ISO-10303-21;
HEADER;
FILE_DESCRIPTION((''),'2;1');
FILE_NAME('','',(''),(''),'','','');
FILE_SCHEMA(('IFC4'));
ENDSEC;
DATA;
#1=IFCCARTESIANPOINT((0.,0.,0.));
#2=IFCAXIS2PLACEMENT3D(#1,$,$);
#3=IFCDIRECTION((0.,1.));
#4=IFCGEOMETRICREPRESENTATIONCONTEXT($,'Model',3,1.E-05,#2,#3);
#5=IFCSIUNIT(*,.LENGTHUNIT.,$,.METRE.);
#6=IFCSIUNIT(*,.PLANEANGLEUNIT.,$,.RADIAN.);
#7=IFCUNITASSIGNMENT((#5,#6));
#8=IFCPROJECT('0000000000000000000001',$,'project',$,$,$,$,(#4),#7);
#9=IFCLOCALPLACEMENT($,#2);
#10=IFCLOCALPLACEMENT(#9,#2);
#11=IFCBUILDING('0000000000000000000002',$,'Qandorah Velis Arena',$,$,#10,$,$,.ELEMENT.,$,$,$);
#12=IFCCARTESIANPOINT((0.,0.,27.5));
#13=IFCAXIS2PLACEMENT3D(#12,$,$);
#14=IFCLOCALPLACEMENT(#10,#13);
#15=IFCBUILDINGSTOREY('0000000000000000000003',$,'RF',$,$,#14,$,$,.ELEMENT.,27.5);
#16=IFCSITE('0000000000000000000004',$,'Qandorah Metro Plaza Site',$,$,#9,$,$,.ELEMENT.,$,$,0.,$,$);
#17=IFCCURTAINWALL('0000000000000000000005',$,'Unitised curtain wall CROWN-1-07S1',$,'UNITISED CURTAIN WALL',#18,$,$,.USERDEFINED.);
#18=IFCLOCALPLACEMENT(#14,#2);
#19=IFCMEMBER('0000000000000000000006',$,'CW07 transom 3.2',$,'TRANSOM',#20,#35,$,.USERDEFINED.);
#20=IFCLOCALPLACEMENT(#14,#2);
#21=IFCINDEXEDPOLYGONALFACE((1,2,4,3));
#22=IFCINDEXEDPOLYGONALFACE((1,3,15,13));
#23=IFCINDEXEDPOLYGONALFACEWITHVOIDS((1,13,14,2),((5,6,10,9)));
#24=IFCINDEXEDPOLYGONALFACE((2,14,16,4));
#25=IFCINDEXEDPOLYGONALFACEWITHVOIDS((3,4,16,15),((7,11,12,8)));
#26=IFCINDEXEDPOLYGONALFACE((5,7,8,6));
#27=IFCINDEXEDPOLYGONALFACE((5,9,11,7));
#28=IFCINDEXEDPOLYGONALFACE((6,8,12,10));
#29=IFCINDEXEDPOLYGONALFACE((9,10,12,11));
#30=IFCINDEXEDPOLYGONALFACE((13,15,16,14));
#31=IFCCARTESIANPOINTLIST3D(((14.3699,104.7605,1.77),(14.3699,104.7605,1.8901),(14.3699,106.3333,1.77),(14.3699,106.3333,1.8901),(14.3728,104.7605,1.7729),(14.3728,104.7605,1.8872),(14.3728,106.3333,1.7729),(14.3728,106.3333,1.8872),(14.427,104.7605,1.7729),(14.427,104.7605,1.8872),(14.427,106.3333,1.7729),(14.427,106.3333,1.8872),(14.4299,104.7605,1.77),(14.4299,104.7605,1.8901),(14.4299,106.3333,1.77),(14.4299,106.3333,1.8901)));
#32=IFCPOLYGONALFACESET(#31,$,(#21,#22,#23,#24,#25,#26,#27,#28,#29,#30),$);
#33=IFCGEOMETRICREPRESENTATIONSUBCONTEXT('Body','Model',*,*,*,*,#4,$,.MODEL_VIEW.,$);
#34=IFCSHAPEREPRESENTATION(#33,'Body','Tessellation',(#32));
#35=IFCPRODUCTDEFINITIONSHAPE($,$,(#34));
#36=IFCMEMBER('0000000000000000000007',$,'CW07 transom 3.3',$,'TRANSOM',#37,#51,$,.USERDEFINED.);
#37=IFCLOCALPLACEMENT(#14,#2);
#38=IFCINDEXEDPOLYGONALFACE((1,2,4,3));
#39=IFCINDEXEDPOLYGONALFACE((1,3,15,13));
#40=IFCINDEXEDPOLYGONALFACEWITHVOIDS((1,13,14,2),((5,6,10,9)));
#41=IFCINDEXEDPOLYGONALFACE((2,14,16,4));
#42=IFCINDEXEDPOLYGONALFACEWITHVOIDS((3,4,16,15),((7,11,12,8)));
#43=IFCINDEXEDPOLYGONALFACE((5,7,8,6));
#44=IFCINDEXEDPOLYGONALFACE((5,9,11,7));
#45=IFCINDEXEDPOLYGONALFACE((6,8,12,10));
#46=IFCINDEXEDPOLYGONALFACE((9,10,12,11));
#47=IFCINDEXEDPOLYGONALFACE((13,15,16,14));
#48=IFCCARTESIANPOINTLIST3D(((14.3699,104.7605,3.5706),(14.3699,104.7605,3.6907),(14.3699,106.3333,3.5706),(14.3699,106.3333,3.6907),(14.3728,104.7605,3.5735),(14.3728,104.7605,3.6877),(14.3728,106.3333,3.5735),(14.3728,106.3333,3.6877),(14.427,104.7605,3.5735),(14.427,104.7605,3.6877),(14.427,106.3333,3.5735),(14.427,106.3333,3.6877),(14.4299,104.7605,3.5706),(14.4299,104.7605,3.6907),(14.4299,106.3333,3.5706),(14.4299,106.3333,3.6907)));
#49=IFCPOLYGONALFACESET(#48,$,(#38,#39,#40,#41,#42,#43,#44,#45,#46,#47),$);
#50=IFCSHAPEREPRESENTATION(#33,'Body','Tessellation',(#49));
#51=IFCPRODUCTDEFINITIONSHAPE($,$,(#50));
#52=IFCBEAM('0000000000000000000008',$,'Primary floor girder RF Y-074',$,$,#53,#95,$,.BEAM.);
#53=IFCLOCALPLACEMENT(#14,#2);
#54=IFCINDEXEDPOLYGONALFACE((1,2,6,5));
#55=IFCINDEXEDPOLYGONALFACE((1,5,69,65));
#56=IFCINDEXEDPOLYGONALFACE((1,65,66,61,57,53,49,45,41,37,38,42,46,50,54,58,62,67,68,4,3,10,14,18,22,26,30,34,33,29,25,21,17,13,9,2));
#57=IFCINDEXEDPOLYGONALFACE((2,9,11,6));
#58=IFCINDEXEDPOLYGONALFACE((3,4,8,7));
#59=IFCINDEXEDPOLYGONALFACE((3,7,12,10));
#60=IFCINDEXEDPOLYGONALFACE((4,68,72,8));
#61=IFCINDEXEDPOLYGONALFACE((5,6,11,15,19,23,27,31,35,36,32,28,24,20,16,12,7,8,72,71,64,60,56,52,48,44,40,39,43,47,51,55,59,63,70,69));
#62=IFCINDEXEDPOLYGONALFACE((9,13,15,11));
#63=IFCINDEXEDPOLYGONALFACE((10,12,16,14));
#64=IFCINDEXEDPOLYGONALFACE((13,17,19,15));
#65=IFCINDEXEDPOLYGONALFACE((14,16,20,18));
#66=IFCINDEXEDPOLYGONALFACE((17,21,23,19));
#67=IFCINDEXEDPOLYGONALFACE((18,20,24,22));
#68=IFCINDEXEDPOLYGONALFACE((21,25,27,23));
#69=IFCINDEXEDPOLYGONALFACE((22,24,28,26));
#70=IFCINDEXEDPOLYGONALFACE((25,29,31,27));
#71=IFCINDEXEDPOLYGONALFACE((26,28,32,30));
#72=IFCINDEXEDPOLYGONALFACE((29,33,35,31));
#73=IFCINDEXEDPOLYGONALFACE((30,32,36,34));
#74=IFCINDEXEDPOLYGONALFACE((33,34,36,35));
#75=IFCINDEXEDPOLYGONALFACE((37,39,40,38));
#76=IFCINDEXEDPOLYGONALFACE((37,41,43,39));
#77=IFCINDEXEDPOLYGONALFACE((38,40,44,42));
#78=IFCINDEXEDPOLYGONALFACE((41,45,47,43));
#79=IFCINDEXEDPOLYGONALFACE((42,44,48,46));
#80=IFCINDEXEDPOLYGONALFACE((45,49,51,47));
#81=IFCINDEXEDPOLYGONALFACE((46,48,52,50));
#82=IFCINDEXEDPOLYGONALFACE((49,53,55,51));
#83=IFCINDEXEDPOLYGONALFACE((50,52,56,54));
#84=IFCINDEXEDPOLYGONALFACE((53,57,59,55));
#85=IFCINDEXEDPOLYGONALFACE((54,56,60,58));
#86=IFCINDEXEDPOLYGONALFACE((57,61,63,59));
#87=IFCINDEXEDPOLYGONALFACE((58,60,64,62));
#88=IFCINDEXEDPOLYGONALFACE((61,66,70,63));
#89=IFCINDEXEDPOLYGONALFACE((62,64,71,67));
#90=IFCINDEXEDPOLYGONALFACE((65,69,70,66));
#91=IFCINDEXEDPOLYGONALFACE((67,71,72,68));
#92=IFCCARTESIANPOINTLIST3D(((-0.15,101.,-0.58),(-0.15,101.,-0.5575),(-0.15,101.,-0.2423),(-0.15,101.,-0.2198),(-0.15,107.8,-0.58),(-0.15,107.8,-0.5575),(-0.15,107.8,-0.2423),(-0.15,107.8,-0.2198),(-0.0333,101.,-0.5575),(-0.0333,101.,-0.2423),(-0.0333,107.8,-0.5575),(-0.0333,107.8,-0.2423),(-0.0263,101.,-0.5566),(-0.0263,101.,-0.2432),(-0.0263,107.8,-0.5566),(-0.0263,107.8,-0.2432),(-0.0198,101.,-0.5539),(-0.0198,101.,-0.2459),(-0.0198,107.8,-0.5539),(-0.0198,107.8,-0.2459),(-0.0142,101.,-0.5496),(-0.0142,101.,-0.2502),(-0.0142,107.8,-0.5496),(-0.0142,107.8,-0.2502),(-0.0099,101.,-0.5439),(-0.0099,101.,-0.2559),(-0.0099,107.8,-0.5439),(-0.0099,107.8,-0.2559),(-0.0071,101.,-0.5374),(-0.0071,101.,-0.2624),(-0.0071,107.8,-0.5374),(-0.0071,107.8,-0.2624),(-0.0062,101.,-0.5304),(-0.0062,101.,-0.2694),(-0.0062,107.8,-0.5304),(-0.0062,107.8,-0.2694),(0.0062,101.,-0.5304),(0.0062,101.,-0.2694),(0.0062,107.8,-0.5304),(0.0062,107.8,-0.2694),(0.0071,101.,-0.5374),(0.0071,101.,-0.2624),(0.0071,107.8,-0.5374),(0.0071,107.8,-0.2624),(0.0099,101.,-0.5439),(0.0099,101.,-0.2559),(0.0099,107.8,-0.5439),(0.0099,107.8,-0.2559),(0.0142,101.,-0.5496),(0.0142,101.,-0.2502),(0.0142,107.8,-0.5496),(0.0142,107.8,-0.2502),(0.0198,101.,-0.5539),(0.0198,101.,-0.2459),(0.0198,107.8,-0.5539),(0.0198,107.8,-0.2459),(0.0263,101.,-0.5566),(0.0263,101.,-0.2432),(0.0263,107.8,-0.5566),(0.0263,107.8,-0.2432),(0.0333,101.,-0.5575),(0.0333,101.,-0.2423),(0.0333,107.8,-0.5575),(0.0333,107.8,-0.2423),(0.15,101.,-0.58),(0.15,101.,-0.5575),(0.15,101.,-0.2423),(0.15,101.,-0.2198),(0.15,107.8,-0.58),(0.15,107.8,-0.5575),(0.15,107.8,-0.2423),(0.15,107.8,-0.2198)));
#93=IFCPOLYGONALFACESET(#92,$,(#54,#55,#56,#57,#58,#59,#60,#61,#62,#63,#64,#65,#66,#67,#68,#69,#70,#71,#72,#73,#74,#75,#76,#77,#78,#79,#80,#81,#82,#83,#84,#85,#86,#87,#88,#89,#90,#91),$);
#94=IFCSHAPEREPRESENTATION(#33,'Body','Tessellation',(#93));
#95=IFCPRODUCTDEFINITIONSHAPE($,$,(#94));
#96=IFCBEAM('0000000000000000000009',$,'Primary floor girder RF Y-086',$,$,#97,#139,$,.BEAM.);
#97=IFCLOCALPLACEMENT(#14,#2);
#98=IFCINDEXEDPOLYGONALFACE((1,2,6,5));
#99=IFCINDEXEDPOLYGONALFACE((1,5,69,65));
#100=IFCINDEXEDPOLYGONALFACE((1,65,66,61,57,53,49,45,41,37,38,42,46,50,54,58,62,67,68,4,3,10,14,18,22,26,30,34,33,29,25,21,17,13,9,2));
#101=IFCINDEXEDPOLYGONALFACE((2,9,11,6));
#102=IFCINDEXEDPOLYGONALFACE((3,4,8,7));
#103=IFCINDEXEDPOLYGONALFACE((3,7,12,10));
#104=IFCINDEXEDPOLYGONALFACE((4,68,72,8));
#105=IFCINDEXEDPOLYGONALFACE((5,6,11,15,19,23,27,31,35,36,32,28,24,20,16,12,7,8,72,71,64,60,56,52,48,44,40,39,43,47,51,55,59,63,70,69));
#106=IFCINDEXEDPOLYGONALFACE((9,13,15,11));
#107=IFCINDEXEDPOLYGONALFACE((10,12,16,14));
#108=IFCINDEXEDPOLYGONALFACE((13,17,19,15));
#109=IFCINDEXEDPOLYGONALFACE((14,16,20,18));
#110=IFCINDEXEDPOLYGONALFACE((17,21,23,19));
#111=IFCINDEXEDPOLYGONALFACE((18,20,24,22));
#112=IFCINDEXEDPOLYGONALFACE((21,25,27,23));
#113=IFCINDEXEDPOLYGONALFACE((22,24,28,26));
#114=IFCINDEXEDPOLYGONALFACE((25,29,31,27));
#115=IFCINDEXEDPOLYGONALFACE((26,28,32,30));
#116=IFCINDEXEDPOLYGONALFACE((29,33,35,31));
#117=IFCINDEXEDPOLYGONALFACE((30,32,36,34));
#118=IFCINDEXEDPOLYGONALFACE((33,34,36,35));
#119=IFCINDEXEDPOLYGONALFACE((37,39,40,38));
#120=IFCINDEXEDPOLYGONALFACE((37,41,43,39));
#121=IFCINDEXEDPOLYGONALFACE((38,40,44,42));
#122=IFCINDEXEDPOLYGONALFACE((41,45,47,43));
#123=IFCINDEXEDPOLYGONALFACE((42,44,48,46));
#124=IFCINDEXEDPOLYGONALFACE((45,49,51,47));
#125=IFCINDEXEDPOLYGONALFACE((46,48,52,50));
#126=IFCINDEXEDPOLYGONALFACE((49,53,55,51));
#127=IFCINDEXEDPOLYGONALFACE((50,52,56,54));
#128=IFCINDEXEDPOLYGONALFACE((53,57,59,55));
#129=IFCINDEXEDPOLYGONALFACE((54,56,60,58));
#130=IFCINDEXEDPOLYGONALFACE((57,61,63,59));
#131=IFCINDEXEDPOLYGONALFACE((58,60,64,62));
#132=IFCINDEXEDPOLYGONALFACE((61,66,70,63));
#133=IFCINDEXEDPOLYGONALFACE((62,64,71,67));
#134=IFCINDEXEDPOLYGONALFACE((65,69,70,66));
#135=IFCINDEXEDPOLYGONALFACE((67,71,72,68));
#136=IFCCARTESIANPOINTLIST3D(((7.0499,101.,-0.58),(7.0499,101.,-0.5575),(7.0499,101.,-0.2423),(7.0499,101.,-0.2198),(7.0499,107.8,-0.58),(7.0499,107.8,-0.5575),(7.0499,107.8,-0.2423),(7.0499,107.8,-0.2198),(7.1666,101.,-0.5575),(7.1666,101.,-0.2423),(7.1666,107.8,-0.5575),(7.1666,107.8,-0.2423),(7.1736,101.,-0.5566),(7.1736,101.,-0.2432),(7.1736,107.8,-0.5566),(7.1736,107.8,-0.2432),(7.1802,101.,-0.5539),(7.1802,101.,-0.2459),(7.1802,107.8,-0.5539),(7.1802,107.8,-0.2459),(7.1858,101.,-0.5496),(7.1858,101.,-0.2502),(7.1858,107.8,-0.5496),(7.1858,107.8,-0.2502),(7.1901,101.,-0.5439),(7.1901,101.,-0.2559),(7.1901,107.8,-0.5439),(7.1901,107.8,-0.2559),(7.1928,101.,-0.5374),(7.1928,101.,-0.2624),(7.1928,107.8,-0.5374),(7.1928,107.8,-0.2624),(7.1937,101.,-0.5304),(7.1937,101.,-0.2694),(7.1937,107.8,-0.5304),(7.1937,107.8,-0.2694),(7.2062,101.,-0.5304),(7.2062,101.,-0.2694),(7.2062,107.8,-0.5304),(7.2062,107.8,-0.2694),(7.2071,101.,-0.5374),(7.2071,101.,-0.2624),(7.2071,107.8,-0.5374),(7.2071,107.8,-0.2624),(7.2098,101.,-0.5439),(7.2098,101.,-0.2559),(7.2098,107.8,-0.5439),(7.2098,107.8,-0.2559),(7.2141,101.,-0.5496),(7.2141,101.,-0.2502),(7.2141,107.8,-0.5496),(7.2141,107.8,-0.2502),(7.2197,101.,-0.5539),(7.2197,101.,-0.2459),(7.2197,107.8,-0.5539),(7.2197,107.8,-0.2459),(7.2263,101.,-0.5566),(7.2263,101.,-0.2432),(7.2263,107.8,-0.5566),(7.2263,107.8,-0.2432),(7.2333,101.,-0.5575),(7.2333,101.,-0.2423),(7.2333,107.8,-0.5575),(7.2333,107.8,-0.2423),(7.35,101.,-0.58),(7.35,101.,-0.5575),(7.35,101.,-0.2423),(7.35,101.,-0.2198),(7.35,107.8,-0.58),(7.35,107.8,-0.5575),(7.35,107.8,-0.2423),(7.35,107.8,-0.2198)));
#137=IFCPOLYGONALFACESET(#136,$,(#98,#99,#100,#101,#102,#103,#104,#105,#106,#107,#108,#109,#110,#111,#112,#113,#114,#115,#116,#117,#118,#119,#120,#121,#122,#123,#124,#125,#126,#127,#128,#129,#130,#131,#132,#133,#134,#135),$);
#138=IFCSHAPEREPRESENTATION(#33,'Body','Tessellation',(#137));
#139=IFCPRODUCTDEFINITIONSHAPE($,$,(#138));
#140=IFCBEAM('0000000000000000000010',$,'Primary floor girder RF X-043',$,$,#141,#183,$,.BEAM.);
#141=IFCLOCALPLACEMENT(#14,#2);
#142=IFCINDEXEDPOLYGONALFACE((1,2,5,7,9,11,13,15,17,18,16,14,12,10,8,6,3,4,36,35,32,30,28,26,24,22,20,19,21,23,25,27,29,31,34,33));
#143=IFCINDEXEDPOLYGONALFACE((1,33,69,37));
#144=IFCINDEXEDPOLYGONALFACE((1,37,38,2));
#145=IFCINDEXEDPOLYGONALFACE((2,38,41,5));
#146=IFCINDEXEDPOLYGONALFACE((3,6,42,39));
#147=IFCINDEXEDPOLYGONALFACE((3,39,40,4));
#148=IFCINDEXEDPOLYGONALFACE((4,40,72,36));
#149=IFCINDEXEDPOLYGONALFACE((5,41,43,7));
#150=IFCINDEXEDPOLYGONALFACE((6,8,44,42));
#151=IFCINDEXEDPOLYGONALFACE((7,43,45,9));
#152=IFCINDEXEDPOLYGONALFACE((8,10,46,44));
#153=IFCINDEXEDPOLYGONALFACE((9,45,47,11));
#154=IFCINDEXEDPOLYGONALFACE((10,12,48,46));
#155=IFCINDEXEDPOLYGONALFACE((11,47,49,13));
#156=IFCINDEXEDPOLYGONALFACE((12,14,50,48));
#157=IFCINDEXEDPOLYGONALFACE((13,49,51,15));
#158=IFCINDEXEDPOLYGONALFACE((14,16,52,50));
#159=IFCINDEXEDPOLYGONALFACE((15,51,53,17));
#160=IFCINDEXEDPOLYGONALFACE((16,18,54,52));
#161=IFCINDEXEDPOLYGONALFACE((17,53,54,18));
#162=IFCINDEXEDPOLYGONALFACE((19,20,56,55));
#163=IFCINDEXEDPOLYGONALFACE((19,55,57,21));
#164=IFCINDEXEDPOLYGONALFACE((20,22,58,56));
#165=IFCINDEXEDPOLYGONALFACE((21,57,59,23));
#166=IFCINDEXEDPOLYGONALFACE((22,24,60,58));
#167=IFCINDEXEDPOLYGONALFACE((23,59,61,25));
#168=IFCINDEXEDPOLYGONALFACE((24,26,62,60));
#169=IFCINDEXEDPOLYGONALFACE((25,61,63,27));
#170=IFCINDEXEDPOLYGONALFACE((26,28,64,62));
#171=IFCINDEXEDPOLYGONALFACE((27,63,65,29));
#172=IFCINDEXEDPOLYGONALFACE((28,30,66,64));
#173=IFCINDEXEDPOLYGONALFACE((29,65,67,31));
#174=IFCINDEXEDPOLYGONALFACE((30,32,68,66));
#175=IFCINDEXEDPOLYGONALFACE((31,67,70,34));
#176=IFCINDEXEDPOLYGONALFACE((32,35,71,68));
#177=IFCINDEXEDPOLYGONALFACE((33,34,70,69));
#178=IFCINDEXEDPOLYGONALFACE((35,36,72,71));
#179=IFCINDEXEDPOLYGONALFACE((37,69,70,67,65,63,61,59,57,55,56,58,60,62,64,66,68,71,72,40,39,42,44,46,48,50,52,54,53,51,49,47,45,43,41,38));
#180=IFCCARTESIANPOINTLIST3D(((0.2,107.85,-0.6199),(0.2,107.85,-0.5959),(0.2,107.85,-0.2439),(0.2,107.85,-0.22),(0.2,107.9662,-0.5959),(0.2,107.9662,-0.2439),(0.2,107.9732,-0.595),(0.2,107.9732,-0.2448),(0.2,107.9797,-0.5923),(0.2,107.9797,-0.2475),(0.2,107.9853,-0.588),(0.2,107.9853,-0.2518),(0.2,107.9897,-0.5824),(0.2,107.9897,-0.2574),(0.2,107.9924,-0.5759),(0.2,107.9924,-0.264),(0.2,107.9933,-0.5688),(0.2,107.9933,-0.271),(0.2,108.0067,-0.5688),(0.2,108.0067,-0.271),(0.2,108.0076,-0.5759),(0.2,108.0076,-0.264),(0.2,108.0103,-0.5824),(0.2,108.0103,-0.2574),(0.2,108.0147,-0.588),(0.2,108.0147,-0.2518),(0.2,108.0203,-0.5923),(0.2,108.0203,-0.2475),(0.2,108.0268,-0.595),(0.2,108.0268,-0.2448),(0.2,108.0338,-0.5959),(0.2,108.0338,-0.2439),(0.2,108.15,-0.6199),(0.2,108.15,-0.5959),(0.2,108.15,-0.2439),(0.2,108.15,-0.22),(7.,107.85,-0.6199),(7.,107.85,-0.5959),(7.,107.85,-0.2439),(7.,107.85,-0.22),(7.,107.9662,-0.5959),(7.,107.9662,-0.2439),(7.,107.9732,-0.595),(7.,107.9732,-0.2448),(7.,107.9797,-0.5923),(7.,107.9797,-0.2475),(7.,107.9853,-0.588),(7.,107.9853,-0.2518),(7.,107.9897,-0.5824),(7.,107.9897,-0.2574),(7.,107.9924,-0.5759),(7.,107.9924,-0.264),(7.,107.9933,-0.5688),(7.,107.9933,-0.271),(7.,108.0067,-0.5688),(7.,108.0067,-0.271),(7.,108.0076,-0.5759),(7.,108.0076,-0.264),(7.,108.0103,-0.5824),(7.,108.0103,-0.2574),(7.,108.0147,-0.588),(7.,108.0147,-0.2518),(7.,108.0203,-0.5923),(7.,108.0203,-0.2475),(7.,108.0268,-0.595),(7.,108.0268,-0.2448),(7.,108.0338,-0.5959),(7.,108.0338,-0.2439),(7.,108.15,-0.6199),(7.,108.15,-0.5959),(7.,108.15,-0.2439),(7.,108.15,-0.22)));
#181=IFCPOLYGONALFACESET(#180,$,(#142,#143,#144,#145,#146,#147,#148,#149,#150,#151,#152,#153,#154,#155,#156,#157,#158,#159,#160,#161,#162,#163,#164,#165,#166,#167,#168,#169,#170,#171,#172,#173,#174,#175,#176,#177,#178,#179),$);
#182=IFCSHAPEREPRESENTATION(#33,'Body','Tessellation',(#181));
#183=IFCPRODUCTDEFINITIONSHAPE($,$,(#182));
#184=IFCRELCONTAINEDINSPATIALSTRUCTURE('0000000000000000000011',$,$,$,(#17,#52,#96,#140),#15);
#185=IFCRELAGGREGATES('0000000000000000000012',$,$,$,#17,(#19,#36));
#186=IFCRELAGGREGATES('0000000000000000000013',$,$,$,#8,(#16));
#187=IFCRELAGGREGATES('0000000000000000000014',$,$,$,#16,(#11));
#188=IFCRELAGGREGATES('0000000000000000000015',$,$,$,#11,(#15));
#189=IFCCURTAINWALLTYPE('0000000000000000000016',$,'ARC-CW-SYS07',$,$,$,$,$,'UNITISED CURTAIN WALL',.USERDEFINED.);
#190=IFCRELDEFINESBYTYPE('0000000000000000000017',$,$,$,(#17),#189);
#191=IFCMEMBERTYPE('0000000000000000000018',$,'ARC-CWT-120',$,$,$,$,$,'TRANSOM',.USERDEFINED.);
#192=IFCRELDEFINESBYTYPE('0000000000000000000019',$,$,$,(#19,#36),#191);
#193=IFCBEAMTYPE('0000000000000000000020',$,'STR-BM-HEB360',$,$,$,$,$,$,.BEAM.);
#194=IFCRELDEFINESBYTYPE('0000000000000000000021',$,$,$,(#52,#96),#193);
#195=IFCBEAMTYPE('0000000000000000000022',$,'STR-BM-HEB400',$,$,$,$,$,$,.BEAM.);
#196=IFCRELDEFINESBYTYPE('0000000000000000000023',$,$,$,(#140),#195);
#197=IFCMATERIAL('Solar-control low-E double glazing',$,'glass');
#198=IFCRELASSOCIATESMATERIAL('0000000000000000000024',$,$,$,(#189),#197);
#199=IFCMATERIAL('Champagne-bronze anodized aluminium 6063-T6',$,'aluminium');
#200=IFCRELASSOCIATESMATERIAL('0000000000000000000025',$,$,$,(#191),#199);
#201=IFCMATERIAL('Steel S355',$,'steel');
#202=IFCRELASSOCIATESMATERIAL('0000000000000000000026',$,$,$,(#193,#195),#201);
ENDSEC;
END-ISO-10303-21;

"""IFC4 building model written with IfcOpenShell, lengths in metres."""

from ifc_helpers import new_model, si_unit, direction, frame, origin, origin_2d, place, context, subcontext, project, spatial, hollow_rectangle, i_section, extrude, material, material_profile, profile_set, type_object, element, aggregate, save


model = new_model("IFC4")

# Units and contexts
model_context = context("Model", 3, precision=1e-05, world=origin(), true_north=direction((0.0, 1.0)))
body_context = subcontext(model_context, "Body", "Model", "MODEL_VIEW")
ifc_project = project(units=[si_unit("LENGTHUNIT", "METRE"), si_unit("PLANEANGLEUNIT", "RADIAN")], contexts=[model_context])

# Site, building, storey
site_placement = place(None, origin())
site = spatial("IfcSite", under=ifc_project, at=site_placement, Name="Qandorah Metro Plaza Site", CompositionType="ELEMENT", RefElevation=0.0)
building_placement = place(site_placement, origin())
building = spatial("IfcBuilding", under=site, at=building_placement, Name="Qandorah Velis Arena", CompositionType="ELEMENT")
storey_placement = place(building_placement, frame((0.0, 0.0, 27.5)))
storey = spatial("IfcBuildingStorey", under=building, at=storey_placement, Name="RF", CompositionType="ELEMENT", Elevation=27.5)

# Curtain wall, members
ifc_material_1 = material(Name="Solar-control low-E double glazing", Category="glass")
curtain_wall_type = type_object("IfcCurtainWallType", Name="ARC-CW-SYS07", ElementType="UNITISED CURTAIN WALL", PredefinedType="USERDEFINED", material=ifc_material_1)
curtain_wall_placement = place(storey_placement, origin())
curtain_wall = element("IfcCurtainWall", 1, at=curtain_wall_placement, inside=storey, type_object=curtain_wall_type, Name="Unitised curtain wall CROWN-1-07S1", ObjectType="UNITISED CURTAIN WALL", PredefinedType="USERDEFINED")
ifc_material_2 = material(Name="Champagne-bronze anodized aluminium 6063-T6", Category="aluminium")
ifc_material_profile_1 = material_profile(ifc_material_2, hollow_rectangle(XDim=0.0601, YDim=0.1201, WallThickness=0.0029, at=origin_2d()), Name="ALU TRANSOM 60x120")
ifc_profile_set_1 = profile_set([ifc_material_profile_1], Name="Champagne-bronze anodized aluminium 6063-T6")
member_type_1 = type_object("IfcMemberType", Name="ARC-CWT-120", ElementType="TRANSOM", PredefinedType="USERDEFINED", material=ifc_profile_set_1)
member_1_placement = place(storey_placement, frame((14.3999, 104.7605, 1.8301), z_axis=(0.0, 1.0, 0.0), x_axis=(-1.0, 0.0, 0.0)))
member_1 = element("IfcMember", 2, at=member_1_placement, type_object=member_type_1, Name="CW07 transom 3.2", ObjectType="TRANSOM", PredefinedType="USERDEFINED", context=body_context, shape_type="SweptSolid", body=[
    extrude(hollow_rectangle(XDim=0.0601, YDim=0.1201, WallThickness=0.0029, at=origin_2d()), origin(), (0.0, 0.0, 1.0), 1.5728),
])
member_2_placement = place(storey_placement, frame((14.3999, 104.7605, 3.6306), z_axis=(0.0, 1.0, 0.0), x_axis=(-1.0, 0.0, 0.0)))
member_2 = element("IfcMember", 3, at=member_2_placement, type_object=member_type_1, Name="CW07 transom 3.3", ObjectType="TRANSOM", PredefinedType="USERDEFINED", context=body_context, shape_type="SweptSolid", body=[
    extrude(hollow_rectangle(XDim=0.0601, YDim=0.1201, WallThickness=0.0029, at=origin_2d()), origin(), (0.0, 0.0, 1.0), 1.5728),
])

# Beams
ifc_material_3 = material(Name="Steel S355", Category="steel")
ifc_material_profile_2 = material_profile(ifc_material_3, i_section(OverallWidth=0.3, OverallDepth=0.3601, WebThickness=0.0125, FlangeThickness=0.0225, FilletRadius=0.0271, at=origin_2d()), Name="HEB 360")
ifc_profile_set_2 = profile_set([ifc_material_profile_2], Name="Steel S355")
beam_type_1 = type_object("IfcBeamType", Name="STR-BM-HEB360", PredefinedType="BEAM", material=ifc_profile_set_2)
for number, where, z_axis, x_axis, name in (
    (4, (0.0, 101.0, -0.3999), (0.0, 1.0, 0.0), (-1.0, 0.0, 0.0), "Primary floor girder RF Y-074"),
    (5, (7.2, 101.0, -0.3999), (0.0, 1.0, 0.0), (-1.0, 0.0, 0.0), "Primary floor girder RF Y-086"),
):
    element("IfcBeam", number, at=place(storey_placement, frame(where, z_axis=z_axis, x_axis=x_axis)), inside=storey, type_object=beam_type_1, Name=name, PredefinedType="BEAM", context=body_context, shape_type="SweptSolid", body=[
        extrude(i_section(OverallWidth=0.3, OverallDepth=0.3601, WebThickness=0.0125, FlangeThickness=0.0225, FilletRadius=0.0271, at=origin_2d()), origin(), (0.0, 0.0, 1.0), 6.8),
    ])
ifc_material_profile_3 = material_profile(ifc_material_3, i_section(OverallWidth=0.3, OverallDepth=0.3999, WebThickness=0.0134, FlangeThickness=0.0239, FilletRadius=0.0271, at=origin_2d()), Name="HEB 400")
ifc_profile_set_3 = profile_set([ifc_material_profile_3], Name="Steel S355")
beam_type_2 = type_object("IfcBeamType", Name="STR-BM-HEB400", PredefinedType="BEAM", material=ifc_profile_set_3)
for number, where, z_axis, x_axis, name in (
    (6, (0.2, 108.0, -0.4199), (1.0, 0.0, 0.0), (0.0, 1.0, 0.0), "Primary floor girder RF X-043"),
):
    element("IfcBeam", number, at=place(storey_placement, frame(where, z_axis=z_axis, x_axis=x_axis)), inside=storey, type_object=beam_type_2, Name=name, PredefinedType="BEAM", context=body_context, shape_type="SweptSolid", body=[
        extrude(i_section(OverallWidth=0.3, OverallDepth=0.3999, WebThickness=0.0134, FlangeThickness=0.0239, FilletRadius=0.0271, at=origin_2d()), origin(), (0.0, 0.0, 1.0), 6.8),
    ])

aggregate(curtain_wall, [member_1, member_2])

save(model, "model.ifc")
